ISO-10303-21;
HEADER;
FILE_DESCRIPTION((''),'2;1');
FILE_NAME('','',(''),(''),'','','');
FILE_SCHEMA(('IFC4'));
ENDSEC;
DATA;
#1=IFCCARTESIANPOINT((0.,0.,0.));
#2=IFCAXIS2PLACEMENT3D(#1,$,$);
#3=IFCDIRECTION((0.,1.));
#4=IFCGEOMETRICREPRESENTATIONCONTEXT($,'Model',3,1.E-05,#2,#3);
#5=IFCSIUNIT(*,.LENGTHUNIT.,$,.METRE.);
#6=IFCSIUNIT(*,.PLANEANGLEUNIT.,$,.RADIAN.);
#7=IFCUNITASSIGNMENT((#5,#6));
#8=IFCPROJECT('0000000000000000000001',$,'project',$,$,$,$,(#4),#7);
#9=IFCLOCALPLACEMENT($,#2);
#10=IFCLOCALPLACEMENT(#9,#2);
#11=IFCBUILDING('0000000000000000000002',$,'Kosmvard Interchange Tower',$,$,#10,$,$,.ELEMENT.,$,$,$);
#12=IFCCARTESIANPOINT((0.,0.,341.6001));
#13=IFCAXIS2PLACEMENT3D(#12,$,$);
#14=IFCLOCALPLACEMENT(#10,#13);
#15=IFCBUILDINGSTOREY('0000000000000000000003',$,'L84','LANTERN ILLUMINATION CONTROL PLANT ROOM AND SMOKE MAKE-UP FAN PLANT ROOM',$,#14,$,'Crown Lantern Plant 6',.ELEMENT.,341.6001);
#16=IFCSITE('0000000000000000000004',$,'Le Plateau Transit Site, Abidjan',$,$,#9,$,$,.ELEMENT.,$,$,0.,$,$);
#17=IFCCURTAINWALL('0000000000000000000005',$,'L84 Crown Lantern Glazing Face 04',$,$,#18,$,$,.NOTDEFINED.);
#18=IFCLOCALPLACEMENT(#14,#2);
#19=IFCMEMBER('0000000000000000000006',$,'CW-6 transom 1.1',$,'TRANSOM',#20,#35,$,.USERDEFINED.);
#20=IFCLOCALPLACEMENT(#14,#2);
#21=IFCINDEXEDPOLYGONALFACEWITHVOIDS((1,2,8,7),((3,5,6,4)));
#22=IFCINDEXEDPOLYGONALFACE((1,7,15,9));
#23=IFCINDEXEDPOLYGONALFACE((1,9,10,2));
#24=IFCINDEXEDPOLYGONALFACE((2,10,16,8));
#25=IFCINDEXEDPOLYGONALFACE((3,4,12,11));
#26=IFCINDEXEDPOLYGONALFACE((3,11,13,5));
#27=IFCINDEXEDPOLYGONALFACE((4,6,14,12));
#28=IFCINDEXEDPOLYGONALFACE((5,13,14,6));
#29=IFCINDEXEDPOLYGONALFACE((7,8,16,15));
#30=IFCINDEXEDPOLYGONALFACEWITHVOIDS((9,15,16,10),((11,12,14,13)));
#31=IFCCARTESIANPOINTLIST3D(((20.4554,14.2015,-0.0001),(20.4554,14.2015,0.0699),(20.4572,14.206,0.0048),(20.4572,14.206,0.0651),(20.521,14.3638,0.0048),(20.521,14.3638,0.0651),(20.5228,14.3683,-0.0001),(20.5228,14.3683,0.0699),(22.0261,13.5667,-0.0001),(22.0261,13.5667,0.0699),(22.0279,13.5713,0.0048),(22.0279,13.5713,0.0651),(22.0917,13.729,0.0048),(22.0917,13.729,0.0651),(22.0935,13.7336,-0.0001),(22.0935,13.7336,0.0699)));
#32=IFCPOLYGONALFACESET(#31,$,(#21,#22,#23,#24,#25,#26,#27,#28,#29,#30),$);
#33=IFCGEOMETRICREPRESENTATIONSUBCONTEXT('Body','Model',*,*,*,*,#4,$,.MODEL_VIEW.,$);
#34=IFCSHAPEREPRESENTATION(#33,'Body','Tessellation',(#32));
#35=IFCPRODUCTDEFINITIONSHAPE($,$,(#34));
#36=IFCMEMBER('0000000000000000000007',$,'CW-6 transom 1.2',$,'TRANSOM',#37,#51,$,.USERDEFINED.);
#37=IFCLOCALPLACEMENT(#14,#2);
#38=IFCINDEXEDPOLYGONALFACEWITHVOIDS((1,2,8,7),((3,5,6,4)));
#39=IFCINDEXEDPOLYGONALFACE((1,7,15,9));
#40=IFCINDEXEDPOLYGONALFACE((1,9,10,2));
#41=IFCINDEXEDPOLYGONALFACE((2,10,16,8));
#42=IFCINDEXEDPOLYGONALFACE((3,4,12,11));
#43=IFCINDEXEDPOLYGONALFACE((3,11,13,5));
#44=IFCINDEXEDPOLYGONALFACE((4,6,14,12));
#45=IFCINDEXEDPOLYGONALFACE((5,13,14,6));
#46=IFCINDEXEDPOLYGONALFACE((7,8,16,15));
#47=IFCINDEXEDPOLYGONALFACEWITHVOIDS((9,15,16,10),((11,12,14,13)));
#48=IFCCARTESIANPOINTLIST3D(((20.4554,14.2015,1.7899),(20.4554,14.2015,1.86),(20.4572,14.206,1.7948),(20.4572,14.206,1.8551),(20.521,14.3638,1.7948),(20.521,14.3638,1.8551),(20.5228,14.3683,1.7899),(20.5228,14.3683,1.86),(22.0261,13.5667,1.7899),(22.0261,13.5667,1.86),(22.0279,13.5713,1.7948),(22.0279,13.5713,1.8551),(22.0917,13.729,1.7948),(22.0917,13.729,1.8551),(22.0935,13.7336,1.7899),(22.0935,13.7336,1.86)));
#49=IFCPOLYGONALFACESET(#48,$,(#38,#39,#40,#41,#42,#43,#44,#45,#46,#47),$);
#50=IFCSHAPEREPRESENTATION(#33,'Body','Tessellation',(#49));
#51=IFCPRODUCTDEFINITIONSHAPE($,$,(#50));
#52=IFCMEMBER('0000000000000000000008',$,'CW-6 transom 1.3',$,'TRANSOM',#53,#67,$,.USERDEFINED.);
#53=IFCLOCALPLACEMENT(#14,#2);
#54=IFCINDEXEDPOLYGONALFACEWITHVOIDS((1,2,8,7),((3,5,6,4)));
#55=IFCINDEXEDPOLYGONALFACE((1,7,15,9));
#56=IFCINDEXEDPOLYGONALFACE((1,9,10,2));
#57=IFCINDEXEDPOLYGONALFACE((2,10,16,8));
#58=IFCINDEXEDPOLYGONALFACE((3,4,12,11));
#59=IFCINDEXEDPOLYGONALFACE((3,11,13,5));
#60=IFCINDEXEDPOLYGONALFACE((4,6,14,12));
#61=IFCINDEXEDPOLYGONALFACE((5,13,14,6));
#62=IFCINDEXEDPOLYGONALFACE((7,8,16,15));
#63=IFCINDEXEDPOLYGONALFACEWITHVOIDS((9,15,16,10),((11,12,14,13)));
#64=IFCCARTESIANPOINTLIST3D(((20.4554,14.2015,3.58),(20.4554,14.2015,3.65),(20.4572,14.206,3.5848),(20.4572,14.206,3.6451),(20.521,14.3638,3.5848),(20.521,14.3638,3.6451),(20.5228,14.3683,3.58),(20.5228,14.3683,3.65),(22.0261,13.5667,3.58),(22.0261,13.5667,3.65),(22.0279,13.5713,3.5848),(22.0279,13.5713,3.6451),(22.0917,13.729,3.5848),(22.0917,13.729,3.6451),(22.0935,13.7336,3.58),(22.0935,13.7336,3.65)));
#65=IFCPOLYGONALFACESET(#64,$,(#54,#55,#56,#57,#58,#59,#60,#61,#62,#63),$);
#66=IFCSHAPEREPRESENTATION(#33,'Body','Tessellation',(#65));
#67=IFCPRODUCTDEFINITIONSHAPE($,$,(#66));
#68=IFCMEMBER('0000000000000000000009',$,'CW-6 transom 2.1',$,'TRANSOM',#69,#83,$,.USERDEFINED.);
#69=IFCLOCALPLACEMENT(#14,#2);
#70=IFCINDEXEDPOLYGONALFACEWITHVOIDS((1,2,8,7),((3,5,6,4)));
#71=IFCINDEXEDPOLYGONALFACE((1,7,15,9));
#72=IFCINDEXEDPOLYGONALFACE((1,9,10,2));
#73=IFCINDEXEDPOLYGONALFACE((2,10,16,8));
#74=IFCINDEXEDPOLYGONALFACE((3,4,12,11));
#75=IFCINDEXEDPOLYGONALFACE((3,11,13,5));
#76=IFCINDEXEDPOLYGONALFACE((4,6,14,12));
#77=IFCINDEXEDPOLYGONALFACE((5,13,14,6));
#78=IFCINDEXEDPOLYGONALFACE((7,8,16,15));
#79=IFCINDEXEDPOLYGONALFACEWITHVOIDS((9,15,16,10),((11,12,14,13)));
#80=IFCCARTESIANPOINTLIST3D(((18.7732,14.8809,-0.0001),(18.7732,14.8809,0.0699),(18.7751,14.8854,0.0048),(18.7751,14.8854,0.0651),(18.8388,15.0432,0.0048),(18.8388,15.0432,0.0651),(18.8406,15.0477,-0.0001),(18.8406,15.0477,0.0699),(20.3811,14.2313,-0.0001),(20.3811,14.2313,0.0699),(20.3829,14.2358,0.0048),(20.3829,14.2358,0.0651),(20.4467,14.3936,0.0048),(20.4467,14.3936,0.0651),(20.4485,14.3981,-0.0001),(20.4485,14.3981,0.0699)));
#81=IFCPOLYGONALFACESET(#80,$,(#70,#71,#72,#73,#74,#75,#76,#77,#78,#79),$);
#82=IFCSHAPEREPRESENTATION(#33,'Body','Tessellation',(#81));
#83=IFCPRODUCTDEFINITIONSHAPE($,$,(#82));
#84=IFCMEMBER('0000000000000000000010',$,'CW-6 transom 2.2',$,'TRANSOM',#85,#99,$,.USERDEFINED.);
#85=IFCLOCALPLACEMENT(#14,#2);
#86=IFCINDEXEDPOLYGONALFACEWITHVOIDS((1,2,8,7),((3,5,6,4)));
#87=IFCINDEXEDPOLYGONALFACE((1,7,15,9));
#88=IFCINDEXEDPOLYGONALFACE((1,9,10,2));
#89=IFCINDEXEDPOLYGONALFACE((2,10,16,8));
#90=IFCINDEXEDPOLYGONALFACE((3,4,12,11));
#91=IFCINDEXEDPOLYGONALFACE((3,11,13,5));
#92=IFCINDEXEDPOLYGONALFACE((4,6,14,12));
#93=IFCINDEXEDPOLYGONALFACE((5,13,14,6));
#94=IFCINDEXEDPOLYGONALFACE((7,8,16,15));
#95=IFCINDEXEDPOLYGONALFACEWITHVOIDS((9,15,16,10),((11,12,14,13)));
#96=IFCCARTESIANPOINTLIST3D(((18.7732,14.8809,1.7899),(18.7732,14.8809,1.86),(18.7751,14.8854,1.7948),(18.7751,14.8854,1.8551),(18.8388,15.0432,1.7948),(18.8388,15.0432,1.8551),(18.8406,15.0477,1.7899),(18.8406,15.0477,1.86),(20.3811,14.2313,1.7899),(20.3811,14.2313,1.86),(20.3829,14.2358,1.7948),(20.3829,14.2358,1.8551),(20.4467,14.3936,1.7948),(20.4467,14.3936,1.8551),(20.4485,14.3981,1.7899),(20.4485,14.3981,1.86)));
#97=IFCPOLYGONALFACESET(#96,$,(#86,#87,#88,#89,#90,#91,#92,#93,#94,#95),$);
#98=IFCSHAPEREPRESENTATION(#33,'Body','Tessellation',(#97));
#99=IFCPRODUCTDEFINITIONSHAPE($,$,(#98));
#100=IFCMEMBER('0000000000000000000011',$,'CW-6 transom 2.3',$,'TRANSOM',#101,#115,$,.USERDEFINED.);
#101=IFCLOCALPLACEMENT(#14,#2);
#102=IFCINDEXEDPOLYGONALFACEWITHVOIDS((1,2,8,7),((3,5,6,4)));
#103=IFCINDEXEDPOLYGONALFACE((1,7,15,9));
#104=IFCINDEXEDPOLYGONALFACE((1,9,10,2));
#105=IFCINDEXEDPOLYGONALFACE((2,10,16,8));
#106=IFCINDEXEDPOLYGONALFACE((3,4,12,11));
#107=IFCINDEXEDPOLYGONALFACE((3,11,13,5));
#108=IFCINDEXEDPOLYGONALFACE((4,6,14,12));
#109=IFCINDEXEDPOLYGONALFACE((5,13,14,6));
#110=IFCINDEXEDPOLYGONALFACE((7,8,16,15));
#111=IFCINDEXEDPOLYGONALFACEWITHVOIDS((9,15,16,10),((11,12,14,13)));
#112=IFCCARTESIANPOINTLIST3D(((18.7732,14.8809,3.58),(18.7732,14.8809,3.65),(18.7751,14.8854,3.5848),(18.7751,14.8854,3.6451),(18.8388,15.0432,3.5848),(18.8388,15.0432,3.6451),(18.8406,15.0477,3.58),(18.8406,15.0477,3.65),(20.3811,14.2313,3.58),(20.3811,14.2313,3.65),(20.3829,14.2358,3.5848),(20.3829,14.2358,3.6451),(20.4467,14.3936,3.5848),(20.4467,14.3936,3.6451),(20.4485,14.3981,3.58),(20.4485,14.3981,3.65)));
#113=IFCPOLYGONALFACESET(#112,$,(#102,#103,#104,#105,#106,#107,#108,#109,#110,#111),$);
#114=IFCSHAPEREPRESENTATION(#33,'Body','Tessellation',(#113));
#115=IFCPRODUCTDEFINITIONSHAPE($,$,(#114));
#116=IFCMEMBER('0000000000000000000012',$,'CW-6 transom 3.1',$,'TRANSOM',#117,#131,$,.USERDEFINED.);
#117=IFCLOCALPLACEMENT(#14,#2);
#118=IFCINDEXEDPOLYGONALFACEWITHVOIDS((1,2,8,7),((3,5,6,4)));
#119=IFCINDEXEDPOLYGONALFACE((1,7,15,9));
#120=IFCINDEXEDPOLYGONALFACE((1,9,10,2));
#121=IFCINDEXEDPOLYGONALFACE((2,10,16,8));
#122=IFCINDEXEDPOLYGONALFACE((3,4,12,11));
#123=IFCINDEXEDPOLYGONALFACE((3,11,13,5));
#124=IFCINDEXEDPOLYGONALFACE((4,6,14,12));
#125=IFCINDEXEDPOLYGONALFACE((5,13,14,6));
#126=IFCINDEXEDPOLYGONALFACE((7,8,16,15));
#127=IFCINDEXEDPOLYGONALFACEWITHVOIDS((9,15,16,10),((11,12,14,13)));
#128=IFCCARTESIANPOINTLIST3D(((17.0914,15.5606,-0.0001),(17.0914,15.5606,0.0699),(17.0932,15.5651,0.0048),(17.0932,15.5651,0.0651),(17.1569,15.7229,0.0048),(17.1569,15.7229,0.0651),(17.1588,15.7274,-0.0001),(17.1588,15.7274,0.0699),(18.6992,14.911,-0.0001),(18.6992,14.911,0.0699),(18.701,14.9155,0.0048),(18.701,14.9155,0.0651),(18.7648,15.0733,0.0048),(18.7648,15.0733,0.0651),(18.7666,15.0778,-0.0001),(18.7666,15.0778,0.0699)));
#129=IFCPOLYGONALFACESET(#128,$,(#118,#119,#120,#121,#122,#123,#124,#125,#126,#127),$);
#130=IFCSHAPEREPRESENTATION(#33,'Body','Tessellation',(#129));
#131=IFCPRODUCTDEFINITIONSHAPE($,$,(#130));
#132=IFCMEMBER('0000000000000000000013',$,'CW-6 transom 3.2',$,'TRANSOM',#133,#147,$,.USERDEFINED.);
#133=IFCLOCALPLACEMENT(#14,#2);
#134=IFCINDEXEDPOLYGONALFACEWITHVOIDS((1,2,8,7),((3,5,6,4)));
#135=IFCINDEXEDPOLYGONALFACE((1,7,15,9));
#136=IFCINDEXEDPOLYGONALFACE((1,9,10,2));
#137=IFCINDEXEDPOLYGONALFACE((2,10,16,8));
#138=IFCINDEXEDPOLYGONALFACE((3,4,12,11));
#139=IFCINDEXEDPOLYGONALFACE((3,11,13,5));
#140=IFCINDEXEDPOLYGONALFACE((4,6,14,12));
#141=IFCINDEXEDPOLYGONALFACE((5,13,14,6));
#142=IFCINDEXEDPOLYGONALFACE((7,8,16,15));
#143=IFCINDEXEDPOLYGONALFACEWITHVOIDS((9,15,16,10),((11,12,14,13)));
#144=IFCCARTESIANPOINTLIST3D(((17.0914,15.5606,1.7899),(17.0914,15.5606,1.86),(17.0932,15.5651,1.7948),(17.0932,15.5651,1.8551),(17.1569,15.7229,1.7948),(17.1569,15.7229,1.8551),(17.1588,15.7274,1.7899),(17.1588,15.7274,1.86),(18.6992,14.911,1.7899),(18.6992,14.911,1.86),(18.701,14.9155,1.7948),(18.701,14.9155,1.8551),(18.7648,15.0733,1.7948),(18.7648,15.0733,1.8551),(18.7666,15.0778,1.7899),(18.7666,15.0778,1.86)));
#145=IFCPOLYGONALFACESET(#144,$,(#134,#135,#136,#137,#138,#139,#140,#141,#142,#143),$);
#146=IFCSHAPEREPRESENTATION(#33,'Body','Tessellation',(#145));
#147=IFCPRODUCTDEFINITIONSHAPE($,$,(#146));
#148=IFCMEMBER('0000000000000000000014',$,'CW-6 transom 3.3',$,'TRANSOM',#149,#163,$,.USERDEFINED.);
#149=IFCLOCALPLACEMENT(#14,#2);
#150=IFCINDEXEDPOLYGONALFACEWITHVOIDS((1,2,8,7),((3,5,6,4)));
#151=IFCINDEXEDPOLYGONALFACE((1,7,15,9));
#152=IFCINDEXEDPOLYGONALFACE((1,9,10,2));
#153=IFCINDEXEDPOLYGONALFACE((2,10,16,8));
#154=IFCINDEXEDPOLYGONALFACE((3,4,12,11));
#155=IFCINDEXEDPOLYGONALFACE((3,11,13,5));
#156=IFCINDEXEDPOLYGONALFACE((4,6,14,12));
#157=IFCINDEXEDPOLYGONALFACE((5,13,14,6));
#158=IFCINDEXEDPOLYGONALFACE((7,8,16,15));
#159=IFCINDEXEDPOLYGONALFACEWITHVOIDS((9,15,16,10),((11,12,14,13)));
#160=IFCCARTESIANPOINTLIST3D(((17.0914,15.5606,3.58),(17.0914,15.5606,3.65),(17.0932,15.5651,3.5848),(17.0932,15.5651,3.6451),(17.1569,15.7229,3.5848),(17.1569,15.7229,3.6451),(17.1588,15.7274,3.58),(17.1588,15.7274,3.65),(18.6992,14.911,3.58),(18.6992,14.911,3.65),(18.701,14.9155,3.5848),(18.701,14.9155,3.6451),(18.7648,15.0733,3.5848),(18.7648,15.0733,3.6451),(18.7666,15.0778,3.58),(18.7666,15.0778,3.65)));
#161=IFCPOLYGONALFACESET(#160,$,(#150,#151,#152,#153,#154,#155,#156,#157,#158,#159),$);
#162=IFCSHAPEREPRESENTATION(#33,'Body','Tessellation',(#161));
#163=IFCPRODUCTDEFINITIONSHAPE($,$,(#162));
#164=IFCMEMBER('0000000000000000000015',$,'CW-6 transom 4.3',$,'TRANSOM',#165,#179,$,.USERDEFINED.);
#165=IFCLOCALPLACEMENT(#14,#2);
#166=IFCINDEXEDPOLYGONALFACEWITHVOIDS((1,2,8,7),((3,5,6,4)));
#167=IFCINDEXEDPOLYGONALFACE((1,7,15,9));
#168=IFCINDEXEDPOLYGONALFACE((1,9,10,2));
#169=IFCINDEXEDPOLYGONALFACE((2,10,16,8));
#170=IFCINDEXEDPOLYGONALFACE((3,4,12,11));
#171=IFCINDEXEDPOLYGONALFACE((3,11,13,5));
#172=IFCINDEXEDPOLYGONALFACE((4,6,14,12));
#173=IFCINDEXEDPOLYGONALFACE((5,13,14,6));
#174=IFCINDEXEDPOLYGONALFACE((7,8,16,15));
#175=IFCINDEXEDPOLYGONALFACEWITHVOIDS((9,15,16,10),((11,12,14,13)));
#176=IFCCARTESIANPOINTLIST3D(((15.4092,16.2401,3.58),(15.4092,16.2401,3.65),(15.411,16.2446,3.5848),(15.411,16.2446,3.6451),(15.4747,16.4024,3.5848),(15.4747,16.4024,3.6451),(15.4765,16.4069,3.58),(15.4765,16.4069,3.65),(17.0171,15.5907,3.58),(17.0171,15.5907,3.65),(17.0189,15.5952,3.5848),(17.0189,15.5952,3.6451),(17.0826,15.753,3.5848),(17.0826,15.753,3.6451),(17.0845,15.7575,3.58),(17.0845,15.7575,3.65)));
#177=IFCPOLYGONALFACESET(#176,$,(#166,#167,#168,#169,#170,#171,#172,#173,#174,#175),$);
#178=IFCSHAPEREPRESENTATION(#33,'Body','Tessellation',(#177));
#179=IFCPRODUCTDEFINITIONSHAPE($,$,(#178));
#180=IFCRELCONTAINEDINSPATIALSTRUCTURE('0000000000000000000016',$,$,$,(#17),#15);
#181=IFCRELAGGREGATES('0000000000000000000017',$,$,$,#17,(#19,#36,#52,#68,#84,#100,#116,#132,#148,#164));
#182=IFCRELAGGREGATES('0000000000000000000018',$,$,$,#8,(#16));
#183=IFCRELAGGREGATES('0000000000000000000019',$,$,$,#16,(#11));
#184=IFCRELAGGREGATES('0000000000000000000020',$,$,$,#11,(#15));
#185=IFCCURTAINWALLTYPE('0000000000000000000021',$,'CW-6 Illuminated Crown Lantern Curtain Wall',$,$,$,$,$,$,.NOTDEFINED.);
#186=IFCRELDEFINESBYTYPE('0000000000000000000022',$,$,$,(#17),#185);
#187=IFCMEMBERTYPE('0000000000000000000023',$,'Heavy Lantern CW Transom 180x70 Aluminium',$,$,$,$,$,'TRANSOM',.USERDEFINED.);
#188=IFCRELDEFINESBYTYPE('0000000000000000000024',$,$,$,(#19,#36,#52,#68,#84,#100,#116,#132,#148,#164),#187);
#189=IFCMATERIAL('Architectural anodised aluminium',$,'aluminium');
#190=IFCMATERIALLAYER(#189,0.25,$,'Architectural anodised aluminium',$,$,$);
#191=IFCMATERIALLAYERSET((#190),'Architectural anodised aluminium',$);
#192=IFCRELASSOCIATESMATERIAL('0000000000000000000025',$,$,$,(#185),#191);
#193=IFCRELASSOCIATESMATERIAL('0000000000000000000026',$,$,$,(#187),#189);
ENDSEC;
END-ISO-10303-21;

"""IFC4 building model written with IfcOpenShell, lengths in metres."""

from ifc_helpers import new_model, si_unit, direction, frame, origin, origin_2d, place, context, subcontext, project, spatial, hollow_rectangle, extrude, source, transform, mapped, material, layer, layer_set, material_profile, profile_set, type_object, element, aggregate, save


model = new_model("IFC4")

# Units and contexts
model_context = context("Model", 3, precision=1e-05, world=origin(), true_north=direction((0.0, 1.0)))
body_context = subcontext(model_context, "Body", "Model", "MODEL_VIEW")
ifc_project = project(units=[si_unit("LENGTHUNIT", "METRE"), si_unit("PLANEANGLEUNIT", "RADIAN")], contexts=[model_context])

# Site, building, storey
site_placement = place(None, origin())
site = spatial("IfcSite", under=ifc_project, at=site_placement, Name="Le Plateau Transit Site, Abidjan", CompositionType="ELEMENT", RefElevation=0.0)
building_placement = place(site_placement, origin())
building = spatial("IfcBuilding", under=site, at=building_placement, Name="Kosmvard Interchange Tower", CompositionType="ELEMENT")
storey_placement = place(building_placement, frame((0.0, 0.0, 341.6001)))
storey = spatial("IfcBuildingStorey", under=building, at=storey_placement, Name="L84", Description="LANTERN ILLUMINATION CONTROL PLANT ROOM AND SMOKE MAKE-UP FAN PLANT ROOM", LongName="Crown Lantern Plant 6", CompositionType="ELEMENT", Elevation=341.6001)

# Curtain wall, members
ifc_material_1 = material(Name="Architectural anodised aluminium", Category="aluminium")
ifc_layer_1 = layer(ifc_material_1, 0.25, Name="Architectural anodised aluminium")
ifc_layer_set_1 = layer_set([ifc_layer_1], Name="Architectural anodised aluminium")
curtain_wall_type = type_object("IfcCurtainWallType", Name="CW-6 Illuminated Crown Lantern Curtain Wall", PredefinedType="NOTDEFINED", material=ifc_layer_set_1)
curtain_wall_1_placement = place(storey_placement, origin())
curtain_wall_1 = element("IfcCurtainWall", 1, at=curtain_wall_1_placement, inside=storey, type_object=curtain_wall_type, Name="L84 Crown Lantern Glazing Face 04", PredefinedType="NOTDEFINED")
ifc_material_profile_1 = material_profile(ifc_material_1, hollow_rectangle(XDim=0.1799, YDim=0.0701, WallThickness=0.0049, at=origin_2d()), Name="CWT 180x70x5")
ifc_profile_set_1 = profile_set([ifc_material_profile_1], Name="Architectural anodised aluminium")
member_type_1 = type_object("IfcMemberType", Name="Heavy Lantern CW Transom 180x70 Aluminium", ElementType="TRANSOM", PredefinedType="USERDEFINED", material=ifc_profile_set_1)
shared_shape_1 = source(origin(), body_context, "Body", "SweptSolid", [
    extrude(hollow_rectangle(XDim=0.1799, YDim=0.0701, WallThickness=0.0049, at=origin_2d()), origin(), (0.0, 0.0, 1.0), 1.6941),
])
member_1_placement = place(storey_placement, frame((22.0598, 13.6501, 0.0349), z_axis=(-0.927159, 0.374668, 0.0), x_axis=(-0.374668, -0.927159, 0.0)))
member_1 = element("IfcMember", 2, at=member_1_placement, type_object=member_type_1, Name="CW-6 transom 1.1", ObjectType="TRANSOM", PredefinedType="USERDEFINED", context=body_context, shape_type="MappedRepresentation", body=[
    mapped(shared_shape_1, transform((0.0, 0.0, 0.0), scale=1.0)),
])
member_2_placement = place(storey_placement, frame((22.0598, 13.6501, 1.825), z_axis=(-0.927159, 0.374668, 0.0), x_axis=(-0.374668, -0.927159, 0.0)))
member_2 = element("IfcMember", 3, at=member_2_placement, type_object=member_type_1, Name="CW-6 transom 1.2", ObjectType="TRANSOM", PredefinedType="USERDEFINED", context=body_context, shape_type="MappedRepresentation", body=[
    mapped(shared_shape_1, transform((0.0, 0.0, 0.0), scale=1.0)),
])
member_3_placement = place(storey_placement, frame((22.0598, 13.6501, 3.615), z_axis=(-0.927159, 0.374668, 0.0), x_axis=(-0.374668, -0.927159, 0.0)))
member_3 = element("IfcMember", 4, at=member_3_placement, type_object=member_type_1, Name="CW-6 transom 1.3", ObjectType="TRANSOM", PredefinedType="USERDEFINED", context=body_context, shape_type="MappedRepresentation", body=[
    mapped(shared_shape_1, transform((0.0, 0.0, 0.0), scale=1.0)),
])
shared_shape_2 = source(origin(), body_context, "Body", "SweptSolid", [
    extrude(hollow_rectangle(XDim=0.1799, YDim=0.0701, WallThickness=0.0049, at=origin_2d()), origin(), (0.0, 0.0, 1.0), 1.7341),
])
member_4_placement = place(storey_placement, frame((20.4148, 14.3147, 0.0349), z_axis=(-0.92718, 0.374617, 0.0), x_axis=(-0.374617, -0.92718, 0.0)))
member_4 = element("IfcMember", 5, at=member_4_placement, type_object=member_type_1, Name="CW-6 transom 2.1", ObjectType="TRANSOM", PredefinedType="USERDEFINED", context=body_context, shape_type="MappedRepresentation", body=[
    mapped(shared_shape_2, transform((0.0, 0.0, 0.0), scale=1.0)),
])
member_5_placement = place(storey_placement, frame((20.4148, 14.3147, 1.825), z_axis=(-0.92718, 0.374617, 0.0), x_axis=(-0.374617, -0.92718, 0.0)))
member_5 = element("IfcMember", 6, at=member_5_placement, type_object=member_type_1, Name="CW-6 transom 2.2", ObjectType="TRANSOM", PredefinedType="USERDEFINED", context=body_context, shape_type="MappedRepresentation", body=[
    mapped(shared_shape_2, transform((0.0, 0.0, 0.0), scale=1.0)),
])
member_6_placement = place(storey_placement, frame((20.4148, 14.3147, 3.615), z_axis=(-0.92718, 0.374617, 0.0), x_axis=(-0.374617, -0.92718, 0.0)))
member_6 = element("IfcMember", 7, at=member_6_placement, type_object=member_type_1, Name="CW-6 transom 2.3", ObjectType="TRANSOM", PredefinedType="USERDEFINED", context=body_context, shape_type="MappedRepresentation", body=[
    mapped(shared_shape_2, transform((0.0, 0.0, 0.0), scale=1.0)),
])
member_7_placement = place(storey_placement, frame((18.7329, 14.9944, 0.0349), z_axis=(-0.92718, 0.374617, 0.0), x_axis=(-0.374617, -0.92718, 0.0)))
member_7 = element("IfcMember", 8, at=member_7_placement, type_object=member_type_1, Name="CW-6 transom 3.1", ObjectType="TRANSOM", PredefinedType="USERDEFINED", context=body_context, shape_type="MappedRepresentation", body=[
    mapped(shared_shape_2, transform((0.0, 0.0, 0.0), scale=1.0)),
])
member_8_placement = place(storey_placement, frame((18.7329, 14.9944, 1.825), z_axis=(-0.92718, 0.374617, 0.0), x_axis=(-0.374617, -0.92718, 0.0)))
member_8 = element("IfcMember", 9, at=member_8_placement, type_object=member_type_1, Name="CW-6 transom 3.2", ObjectType="TRANSOM", PredefinedType="USERDEFINED", context=body_context, shape_type="MappedRepresentation", body=[
    mapped(shared_shape_2, transform((0.0, 0.0, 0.0), scale=1.0)),
])
member_9_placement = place(storey_placement, frame((18.7329, 14.9944, 3.615), z_axis=(-0.92718, 0.374617, 0.0), x_axis=(-0.374617, -0.92718, 0.0)))
member_9 = element("IfcMember", 10, at=member_9_placement, type_object=member_type_1, Name="CW-6 transom 3.3", ObjectType="TRANSOM", PredefinedType="USERDEFINED", context=body_context, shape_type="MappedRepresentation", body=[
    mapped(shared_shape_2, transform((0.0, 0.0, 0.0), scale=1.0)),
])
member_10_placement = place(storey_placement, frame((17.0508, 15.6741, 3.615), z_axis=(-0.927229, 0.374496, 0.0), x_axis=(-0.374496, -0.927229, 0.0)))
member_10 = element("IfcMember", 11, at=member_10_placement, type_object=member_type_1, Name="CW-6 transom 4.3", ObjectType="TRANSOM", PredefinedType="USERDEFINED", context=body_context, shape_type="MappedRepresentation", body=[
    mapped(shared_shape_2, transform((0.0, 0.0, 0.0), scale=1.0)),
])

aggregate(curtain_wall_1, [member_1, member_2, member_3, member_4, member_5, member_6, member_7, member_8, member_9, member_10])

save(model, "model.ifc")
